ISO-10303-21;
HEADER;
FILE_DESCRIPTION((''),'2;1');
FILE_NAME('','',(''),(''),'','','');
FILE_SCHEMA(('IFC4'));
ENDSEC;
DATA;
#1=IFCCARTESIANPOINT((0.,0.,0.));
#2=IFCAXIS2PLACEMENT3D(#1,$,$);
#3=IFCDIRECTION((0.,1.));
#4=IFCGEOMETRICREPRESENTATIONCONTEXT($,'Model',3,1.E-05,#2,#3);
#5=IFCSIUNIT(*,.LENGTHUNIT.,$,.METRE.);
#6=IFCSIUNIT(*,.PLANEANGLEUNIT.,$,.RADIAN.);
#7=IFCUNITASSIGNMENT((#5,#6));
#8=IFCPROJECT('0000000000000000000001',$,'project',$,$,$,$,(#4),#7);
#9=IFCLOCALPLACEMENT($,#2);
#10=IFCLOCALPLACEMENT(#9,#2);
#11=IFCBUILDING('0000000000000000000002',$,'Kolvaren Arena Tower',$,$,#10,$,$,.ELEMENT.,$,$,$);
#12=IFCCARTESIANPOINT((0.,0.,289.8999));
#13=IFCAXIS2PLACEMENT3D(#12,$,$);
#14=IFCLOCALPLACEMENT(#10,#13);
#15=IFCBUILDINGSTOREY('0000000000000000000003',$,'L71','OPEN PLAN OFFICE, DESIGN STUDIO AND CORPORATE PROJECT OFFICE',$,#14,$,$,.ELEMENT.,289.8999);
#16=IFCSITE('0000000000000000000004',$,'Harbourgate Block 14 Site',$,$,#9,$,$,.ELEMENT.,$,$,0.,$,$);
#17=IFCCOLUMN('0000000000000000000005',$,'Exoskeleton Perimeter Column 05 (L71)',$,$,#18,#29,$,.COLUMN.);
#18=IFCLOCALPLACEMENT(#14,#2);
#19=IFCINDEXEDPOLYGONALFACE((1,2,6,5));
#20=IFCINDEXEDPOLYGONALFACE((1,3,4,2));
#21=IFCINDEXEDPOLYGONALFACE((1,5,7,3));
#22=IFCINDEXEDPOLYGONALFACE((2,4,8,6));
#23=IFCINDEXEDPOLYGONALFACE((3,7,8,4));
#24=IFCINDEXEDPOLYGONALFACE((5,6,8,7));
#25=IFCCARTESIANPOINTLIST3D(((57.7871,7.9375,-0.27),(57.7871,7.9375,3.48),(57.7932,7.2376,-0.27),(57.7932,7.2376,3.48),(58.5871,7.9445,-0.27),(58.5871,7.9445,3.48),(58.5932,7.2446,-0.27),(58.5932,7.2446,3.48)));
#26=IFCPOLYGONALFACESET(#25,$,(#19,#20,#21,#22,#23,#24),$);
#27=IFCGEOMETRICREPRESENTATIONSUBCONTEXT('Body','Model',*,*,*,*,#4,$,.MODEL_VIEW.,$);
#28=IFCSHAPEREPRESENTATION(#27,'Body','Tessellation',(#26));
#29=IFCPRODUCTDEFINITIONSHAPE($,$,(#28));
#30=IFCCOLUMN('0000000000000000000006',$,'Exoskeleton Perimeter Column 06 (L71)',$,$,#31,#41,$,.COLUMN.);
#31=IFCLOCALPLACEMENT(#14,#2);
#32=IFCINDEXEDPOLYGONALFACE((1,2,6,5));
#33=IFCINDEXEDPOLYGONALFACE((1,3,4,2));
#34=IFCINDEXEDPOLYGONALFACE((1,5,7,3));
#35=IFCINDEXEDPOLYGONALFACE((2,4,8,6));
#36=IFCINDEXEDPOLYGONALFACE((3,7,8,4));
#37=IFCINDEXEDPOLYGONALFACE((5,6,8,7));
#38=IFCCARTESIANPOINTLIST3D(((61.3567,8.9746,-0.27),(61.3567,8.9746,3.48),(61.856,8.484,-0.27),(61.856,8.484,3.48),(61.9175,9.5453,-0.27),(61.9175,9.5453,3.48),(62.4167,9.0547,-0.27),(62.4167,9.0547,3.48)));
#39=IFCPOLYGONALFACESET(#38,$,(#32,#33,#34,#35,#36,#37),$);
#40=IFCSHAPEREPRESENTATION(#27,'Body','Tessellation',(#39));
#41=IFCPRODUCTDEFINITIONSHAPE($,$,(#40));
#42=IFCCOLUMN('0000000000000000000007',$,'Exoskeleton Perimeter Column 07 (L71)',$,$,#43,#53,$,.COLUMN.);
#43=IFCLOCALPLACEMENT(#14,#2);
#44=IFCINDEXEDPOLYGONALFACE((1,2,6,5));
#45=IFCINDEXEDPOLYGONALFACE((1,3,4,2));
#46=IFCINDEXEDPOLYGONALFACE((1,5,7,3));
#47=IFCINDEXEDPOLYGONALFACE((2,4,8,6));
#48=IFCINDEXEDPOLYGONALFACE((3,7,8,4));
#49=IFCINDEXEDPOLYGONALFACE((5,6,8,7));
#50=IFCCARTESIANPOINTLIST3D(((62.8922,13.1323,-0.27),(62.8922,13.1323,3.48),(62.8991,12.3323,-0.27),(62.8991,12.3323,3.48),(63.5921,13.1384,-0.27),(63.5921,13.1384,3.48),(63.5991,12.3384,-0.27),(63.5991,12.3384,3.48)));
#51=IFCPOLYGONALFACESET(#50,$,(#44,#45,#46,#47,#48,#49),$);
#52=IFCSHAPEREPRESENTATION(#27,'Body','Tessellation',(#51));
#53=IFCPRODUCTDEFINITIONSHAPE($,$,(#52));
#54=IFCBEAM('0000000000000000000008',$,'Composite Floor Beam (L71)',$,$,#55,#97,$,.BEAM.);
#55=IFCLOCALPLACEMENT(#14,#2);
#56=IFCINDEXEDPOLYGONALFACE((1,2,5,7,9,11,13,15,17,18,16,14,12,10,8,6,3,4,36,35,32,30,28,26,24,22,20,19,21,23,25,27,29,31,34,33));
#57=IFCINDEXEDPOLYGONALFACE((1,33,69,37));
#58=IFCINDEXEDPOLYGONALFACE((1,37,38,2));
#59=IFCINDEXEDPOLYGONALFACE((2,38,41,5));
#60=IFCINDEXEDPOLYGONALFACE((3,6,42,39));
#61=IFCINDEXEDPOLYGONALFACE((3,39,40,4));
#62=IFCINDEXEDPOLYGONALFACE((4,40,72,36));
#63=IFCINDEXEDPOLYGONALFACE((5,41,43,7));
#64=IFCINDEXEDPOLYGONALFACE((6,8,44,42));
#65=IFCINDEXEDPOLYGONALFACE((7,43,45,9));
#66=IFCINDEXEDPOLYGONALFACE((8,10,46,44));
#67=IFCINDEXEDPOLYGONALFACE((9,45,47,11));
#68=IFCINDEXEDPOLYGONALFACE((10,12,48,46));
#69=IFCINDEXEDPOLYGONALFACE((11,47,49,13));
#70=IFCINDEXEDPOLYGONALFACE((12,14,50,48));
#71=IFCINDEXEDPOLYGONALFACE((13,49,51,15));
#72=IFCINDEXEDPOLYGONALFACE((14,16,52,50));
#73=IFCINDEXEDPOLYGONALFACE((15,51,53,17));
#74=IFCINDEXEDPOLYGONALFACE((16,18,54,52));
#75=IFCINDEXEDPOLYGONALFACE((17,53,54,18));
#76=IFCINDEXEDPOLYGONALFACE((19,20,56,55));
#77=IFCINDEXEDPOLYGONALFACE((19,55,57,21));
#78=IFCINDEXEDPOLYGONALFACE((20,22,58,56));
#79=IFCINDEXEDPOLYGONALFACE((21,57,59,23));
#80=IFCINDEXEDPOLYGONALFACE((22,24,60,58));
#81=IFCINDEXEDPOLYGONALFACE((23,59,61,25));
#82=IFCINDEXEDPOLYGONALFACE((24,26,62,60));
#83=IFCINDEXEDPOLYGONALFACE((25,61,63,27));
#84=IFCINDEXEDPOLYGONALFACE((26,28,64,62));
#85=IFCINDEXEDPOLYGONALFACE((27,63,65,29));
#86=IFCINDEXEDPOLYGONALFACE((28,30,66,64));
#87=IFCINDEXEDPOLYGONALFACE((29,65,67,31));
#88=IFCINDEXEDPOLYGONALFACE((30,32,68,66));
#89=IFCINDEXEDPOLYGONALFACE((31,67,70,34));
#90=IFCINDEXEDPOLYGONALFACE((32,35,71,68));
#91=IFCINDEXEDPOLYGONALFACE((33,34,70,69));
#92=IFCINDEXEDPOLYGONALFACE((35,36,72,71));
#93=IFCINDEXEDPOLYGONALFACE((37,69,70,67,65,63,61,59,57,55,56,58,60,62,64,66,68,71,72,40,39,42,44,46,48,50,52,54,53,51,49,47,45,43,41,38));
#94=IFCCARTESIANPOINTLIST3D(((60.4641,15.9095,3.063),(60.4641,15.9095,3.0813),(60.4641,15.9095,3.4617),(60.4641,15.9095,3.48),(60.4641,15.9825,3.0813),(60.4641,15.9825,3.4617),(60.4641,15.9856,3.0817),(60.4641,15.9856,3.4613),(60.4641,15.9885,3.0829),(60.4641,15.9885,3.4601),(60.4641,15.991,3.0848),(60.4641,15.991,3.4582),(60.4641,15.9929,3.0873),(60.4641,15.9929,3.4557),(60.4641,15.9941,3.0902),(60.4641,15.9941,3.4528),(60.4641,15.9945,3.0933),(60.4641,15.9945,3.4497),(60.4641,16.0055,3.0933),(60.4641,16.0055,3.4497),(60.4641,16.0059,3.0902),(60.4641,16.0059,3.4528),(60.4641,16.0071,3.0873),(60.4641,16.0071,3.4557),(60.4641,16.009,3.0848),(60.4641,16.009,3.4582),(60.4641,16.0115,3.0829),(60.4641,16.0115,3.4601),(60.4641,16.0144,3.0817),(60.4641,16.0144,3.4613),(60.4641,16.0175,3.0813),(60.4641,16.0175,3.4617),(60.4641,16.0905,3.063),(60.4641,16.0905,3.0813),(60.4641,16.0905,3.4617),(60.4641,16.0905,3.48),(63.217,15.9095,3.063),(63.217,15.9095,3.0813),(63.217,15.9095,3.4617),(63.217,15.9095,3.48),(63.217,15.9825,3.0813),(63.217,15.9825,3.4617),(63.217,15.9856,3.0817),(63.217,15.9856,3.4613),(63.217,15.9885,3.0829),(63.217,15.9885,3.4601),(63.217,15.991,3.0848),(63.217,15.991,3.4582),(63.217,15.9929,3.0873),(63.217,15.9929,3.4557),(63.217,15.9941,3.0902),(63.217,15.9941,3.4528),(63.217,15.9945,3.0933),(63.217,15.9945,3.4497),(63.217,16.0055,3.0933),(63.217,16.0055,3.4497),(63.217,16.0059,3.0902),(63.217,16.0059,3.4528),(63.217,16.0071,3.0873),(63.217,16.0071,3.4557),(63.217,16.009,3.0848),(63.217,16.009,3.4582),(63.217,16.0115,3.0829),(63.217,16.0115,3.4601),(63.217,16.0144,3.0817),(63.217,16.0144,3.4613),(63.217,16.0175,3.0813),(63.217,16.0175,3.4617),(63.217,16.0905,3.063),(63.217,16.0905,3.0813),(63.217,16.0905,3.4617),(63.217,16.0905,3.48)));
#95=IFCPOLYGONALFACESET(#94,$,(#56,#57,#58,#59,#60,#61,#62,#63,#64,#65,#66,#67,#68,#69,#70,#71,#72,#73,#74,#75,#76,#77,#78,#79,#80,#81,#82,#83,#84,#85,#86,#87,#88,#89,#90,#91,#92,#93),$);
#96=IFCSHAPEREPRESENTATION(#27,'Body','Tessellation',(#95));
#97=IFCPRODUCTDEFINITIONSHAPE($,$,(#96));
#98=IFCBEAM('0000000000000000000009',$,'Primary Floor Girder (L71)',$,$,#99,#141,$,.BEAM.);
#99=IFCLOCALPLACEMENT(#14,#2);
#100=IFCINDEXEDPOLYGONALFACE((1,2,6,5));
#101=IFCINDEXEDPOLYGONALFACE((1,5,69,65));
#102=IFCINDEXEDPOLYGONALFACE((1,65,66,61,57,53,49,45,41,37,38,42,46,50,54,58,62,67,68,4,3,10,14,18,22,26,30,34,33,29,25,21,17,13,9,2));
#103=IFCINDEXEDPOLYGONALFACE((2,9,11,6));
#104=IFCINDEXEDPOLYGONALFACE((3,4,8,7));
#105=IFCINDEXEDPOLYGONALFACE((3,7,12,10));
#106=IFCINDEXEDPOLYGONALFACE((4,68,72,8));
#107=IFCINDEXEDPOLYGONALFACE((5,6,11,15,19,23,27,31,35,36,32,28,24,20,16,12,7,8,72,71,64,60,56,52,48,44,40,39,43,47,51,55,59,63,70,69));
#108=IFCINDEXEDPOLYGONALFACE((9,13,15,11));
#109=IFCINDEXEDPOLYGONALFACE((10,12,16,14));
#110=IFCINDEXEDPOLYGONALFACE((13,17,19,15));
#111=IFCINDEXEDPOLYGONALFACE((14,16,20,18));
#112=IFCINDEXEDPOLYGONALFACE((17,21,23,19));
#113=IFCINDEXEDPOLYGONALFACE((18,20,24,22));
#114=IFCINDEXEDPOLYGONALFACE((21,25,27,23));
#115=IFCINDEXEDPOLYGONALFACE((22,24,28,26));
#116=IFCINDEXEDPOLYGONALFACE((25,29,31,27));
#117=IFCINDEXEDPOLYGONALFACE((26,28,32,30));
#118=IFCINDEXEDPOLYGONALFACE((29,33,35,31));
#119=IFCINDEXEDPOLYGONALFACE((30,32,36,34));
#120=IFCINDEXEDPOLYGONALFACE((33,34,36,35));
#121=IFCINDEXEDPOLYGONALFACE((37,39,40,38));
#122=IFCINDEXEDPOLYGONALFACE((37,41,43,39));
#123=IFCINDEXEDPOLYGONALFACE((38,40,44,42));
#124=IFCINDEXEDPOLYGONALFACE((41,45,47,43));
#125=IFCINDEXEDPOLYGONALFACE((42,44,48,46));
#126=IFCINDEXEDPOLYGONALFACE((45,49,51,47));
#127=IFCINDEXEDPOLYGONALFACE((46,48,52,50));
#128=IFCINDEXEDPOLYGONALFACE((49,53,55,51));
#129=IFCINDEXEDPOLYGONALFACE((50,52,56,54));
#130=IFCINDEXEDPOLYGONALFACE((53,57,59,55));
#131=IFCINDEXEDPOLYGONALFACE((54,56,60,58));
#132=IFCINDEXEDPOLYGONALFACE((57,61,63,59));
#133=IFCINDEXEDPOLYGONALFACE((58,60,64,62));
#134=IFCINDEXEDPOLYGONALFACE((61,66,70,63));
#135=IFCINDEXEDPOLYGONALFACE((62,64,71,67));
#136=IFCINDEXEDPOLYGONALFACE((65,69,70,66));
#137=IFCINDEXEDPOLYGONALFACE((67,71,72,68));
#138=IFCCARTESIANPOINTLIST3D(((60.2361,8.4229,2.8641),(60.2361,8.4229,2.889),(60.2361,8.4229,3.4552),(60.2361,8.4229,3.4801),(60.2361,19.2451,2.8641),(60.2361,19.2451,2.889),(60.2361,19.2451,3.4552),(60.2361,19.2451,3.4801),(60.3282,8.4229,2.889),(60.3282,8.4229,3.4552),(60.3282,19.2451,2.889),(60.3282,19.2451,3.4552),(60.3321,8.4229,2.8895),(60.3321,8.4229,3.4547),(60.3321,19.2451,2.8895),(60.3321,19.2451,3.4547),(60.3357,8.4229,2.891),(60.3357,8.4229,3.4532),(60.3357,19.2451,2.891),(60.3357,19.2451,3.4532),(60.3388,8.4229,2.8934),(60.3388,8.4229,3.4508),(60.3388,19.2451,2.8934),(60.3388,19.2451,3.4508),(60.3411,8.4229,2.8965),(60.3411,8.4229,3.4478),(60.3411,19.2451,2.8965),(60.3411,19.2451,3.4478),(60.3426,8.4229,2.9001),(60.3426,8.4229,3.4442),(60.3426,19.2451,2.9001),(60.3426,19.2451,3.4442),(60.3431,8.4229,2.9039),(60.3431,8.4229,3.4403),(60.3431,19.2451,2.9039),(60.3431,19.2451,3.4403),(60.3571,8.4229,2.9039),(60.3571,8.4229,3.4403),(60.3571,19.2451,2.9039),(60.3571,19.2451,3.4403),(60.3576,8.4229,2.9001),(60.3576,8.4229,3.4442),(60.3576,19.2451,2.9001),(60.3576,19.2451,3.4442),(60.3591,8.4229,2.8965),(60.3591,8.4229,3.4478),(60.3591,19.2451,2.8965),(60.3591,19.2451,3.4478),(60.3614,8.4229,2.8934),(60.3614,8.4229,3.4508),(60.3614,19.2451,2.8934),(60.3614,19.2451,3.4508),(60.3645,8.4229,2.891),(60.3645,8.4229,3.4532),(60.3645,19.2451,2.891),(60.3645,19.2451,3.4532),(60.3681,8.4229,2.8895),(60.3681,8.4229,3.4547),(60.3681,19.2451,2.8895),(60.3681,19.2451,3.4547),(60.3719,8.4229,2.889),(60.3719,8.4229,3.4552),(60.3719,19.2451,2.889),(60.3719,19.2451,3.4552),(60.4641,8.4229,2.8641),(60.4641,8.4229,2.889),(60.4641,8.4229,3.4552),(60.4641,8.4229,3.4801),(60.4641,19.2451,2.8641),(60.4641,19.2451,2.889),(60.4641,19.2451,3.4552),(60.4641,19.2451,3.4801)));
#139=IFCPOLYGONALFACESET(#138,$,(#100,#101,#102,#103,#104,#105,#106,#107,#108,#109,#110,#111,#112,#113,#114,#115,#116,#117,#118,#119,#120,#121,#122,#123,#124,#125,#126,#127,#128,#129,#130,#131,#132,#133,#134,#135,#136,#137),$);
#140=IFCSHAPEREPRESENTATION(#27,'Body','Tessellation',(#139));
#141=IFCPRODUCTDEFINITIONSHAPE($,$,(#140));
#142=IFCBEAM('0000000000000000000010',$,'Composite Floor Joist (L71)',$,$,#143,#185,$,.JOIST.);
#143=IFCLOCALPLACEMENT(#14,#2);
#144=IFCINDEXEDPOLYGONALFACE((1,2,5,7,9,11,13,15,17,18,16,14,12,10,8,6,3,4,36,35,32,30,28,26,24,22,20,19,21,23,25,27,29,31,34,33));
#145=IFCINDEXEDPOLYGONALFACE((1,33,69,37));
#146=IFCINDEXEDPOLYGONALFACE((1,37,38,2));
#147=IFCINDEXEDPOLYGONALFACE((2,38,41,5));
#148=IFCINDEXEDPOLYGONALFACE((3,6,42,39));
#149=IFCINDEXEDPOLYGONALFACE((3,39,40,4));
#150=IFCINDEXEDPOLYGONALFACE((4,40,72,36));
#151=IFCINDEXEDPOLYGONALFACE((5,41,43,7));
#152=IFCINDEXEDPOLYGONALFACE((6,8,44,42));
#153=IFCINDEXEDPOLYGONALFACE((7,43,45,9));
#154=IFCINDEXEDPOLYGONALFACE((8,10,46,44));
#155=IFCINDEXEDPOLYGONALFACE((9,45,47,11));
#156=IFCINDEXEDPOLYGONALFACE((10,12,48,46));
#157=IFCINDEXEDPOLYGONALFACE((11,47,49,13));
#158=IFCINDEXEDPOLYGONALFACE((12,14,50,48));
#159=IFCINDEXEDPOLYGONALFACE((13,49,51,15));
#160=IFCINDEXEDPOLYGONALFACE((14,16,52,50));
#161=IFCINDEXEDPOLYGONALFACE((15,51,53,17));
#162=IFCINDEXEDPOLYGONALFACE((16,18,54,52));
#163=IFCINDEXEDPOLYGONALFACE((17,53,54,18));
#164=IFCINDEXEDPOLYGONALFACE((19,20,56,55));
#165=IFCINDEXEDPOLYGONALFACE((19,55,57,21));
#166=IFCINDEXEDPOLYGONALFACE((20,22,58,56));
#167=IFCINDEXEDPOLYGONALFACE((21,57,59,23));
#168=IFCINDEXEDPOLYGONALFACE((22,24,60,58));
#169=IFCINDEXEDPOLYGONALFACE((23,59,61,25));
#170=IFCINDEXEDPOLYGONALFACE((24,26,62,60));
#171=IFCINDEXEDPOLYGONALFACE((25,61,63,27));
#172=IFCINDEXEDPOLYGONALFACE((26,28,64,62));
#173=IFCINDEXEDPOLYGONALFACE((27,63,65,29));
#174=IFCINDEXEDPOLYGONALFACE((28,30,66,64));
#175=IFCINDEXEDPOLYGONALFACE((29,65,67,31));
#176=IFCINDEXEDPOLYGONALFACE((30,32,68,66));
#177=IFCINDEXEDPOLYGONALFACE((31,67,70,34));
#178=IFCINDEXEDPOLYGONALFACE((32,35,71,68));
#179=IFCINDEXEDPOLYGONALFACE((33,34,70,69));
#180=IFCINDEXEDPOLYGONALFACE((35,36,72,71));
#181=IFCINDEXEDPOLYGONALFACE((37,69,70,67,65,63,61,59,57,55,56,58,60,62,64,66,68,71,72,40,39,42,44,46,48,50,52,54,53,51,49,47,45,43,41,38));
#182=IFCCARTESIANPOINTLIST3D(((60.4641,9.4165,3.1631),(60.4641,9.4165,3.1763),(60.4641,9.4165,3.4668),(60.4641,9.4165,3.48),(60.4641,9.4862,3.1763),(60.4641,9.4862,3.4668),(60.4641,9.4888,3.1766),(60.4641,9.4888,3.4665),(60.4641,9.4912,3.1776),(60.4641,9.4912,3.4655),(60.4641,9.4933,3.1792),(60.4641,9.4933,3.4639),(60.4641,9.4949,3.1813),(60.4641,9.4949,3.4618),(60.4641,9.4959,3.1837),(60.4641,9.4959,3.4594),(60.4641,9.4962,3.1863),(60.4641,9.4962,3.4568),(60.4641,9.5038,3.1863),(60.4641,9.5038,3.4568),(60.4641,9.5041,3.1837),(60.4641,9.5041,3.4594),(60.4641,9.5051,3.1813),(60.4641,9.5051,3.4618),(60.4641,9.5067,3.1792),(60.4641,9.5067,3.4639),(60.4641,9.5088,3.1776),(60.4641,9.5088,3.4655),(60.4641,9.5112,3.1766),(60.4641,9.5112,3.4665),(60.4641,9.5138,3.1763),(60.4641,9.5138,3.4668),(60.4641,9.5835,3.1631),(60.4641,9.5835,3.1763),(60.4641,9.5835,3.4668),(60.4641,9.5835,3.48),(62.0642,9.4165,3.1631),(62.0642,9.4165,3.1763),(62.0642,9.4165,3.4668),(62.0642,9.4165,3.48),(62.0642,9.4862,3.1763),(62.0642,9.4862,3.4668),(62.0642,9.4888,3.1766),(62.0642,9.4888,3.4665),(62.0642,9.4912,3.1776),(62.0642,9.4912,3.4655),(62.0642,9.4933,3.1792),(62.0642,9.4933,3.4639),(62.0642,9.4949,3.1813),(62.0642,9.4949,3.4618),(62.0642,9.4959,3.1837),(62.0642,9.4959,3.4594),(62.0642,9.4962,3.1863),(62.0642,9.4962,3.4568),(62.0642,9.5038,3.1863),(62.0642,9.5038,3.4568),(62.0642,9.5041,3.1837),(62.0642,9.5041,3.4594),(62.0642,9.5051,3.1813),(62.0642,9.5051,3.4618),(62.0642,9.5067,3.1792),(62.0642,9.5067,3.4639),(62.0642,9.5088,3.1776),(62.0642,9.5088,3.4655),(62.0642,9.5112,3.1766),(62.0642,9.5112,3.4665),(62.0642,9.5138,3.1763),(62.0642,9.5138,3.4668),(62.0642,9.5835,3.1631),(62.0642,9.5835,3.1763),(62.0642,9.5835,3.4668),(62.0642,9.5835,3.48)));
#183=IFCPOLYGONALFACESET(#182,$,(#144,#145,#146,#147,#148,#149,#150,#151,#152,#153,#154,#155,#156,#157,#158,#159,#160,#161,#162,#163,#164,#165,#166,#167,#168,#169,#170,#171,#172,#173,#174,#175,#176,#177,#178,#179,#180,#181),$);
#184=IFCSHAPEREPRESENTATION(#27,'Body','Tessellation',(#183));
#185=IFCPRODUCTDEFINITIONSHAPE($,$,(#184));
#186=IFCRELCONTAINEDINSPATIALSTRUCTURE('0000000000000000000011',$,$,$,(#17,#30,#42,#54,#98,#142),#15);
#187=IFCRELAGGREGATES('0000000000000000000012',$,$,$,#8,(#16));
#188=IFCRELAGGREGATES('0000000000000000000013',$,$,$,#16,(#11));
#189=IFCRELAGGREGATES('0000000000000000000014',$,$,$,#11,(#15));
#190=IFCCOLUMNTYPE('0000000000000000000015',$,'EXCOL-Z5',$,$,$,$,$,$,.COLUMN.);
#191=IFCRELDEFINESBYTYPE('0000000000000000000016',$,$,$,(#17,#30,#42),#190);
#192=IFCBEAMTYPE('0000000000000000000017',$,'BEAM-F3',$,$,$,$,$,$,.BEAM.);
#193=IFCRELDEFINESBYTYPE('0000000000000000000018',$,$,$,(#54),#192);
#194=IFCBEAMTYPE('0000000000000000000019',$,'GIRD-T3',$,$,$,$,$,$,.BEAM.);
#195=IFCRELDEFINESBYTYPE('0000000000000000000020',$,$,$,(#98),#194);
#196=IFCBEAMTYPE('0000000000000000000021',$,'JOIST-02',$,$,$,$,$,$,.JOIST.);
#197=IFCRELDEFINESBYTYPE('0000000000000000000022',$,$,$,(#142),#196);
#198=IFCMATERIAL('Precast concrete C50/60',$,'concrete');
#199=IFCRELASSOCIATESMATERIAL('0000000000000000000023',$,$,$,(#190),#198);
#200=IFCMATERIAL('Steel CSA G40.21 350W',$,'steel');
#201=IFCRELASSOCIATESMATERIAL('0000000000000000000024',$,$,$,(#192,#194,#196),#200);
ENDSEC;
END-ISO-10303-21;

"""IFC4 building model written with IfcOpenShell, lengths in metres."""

from ifc_helpers import new_model, si_unit, direction, frame, origin, origin_2d, place, context, subcontext, project, spatial, rectangle, i_section, extrude, material, material_profile, profile_set, type_object, element, save


model = new_model("IFC4")

# Units and contexts
model_context = context("Model", 3, precision=1e-05, world=origin(), true_north=direction((0.0, 1.0)))
body_context = subcontext(model_context, "Body", "Model", "MODEL_VIEW")
ifc_project = project(units=[si_unit("LENGTHUNIT", "METRE"), si_unit("PLANEANGLEUNIT", "RADIAN")], contexts=[model_context])

# Site, building, storey
site_placement = place(None, origin())
site = spatial("IfcSite", under=ifc_project, at=site_placement, Name="Harbourgate Block 14 Site", CompositionType="ELEMENT", RefElevation=0.0)
building_placement = place(site_placement, origin())
building = spatial("IfcBuilding", under=site, at=building_placement, Name="Kolvaren Arena Tower", CompositionType="ELEMENT")
storey_placement = place(building_placement, frame((0.0, 0.0, 289.8999)))
storey = spatial("IfcBuildingStorey", under=building, at=storey_placement, Name="L71", Description="OPEN PLAN OFFICE, DESIGN STUDIO AND CORPORATE PROJECT OFFICE", CompositionType="ELEMENT", Elevation=289.8999)

# Columns
ifc_material_1 = material(Name="Precast concrete C50/60", Category="concrete")
ifc_material_profile_1 = material_profile(ifc_material_1, rectangle(XDim=0.8, YDim=0.7, at=origin_2d()), Name="RC-800x700")
ifc_profile_set_1 = profile_set([ifc_material_profile_1], Name="Precast concrete C50/60")
column_type = type_object("IfcColumnType", Name="EXCOL-Z5", PredefinedType="COLUMN", material=ifc_profile_set_1)
for number, where, z_axis, x_axis, name in (
    (1, (58.1902, 7.5911, -0.27), (0.0, 0.0, 1.0), (0.999962, 0.008727, 0.0), "Exoskeleton Perimeter Column 05 (L71)"),
    (2, (61.8867, 9.0146, -0.27), (0.0, 0.0, 1.0), (0.700909, 0.71325, 0.0), "Exoskeleton Perimeter Column 06 (L71)"),
    (3, (63.2456, 12.7354, -0.27), (0.0, 0.0, 1.0), (-0.008727, 0.999962, 0.0), "Exoskeleton Perimeter Column 07 (L71)"),
):
    element("IfcColumn", number, at=place(storey_placement, frame(where, z_axis=z_axis, x_axis=x_axis)), inside=storey, type_object=column_type, Name=name, PredefinedType="COLUMN", context=body_context, shape_type="SweptSolid", body=[
        extrude(rectangle(XDim=0.8, YDim=0.7, at=origin_2d()), origin(), (0.0, 0.0, 1.0), 3.75),
    ])

# Beams
ifc_material_2 = material(Name="Steel CSA G40.21 350W", Category="steel")
ifc_material_profile_2 = material_profile(ifc_material_2, i_section(OverallWidth=0.1809, OverallDepth=0.417, WebThickness=0.011, FlangeThickness=0.0183, FilletRadius=0.012, at=origin_2d()), Name="W410x85")
ifc_profile_set_2 = profile_set([ifc_material_profile_2], Name="Steel CSA G40.21 350W")
beam_type_1 = type_object("IfcBeamType", Name="BEAM-F3", PredefinedType="BEAM", material=ifc_profile_set_2)
beam_1_placement = place(storey_placement, frame((60.4641, 16.0, 3.2715), z_axis=(1.0, 0.0, 0.0), x_axis=(0.0, 1.0, 0.0)))
element("IfcBeam", 4, at=beam_1_placement, inside=storey, type_object=beam_type_1, Name="Composite Floor Beam (L71)", PredefinedType="BEAM", context=body_context, shape_type="SweptSolid", body=[
    extrude(i_section(OverallWidth=0.1809, OverallDepth=0.417, WebThickness=0.011, FlangeThickness=0.0183, FilletRadius=0.012, at=origin_2d()), origin(), (0.0, 0.0, 1.0), 2.7529),
])
ifc_material_profile_3 = material_profile(ifc_material_2, i_section(OverallWidth=0.228, OverallDepth=0.616, WebThickness=0.0139, FlangeThickness=0.0249, FilletRadius=0.0149, at=origin_2d()), Name="W610x174")
ifc_profile_set_3 = profile_set([ifc_material_profile_3], Name="Steel CSA G40.21 350W")
beam_type_2 = type_object("IfcBeamType", Name="GIRD-T3", PredefinedType="BEAM", material=ifc_profile_set_3)
beam_2_placement = place(storey_placement, frame((60.3501, 8.4229, 3.1721), z_axis=(0.0, 1.0, 0.0), x_axis=(-1.0, 0.0, 0.0)))
element("IfcBeam", 5, at=beam_2_placement, inside=storey, type_object=beam_type_2, Name="Primary Floor Girder (L71)", PredefinedType="BEAM", context=body_context, shape_type="SweptSolid", body=[
    extrude(i_section(OverallWidth=0.228, OverallDepth=0.616, WebThickness=0.0139, FlangeThickness=0.0249, FilletRadius=0.0149, at=origin_2d()), origin(), (0.0, 0.0, 1.0), 10.8223),
])
ifc_material_profile_4 = material_profile(ifc_material_2, i_section(OverallWidth=0.167, OverallDepth=0.3169, WebThickness=0.0076, FlangeThickness=0.0132, FilletRadius=0.01, at=origin_2d()), Name="W310x52")
ifc_profile_set_4 = profile_set([ifc_material_profile_4], Name="Steel CSA G40.21 350W")
beam_type_3 = type_object("IfcBeamType", Name="JOIST-02", PredefinedType="JOIST", material=ifc_profile_set_4)
beam_3_placement = place(storey_placement, frame((60.4641, 9.5, 3.3215), z_axis=(1.0, 0.0, 0.0), x_axis=(0.0, 1.0, 0.0)))
element("IfcBeam", 6, at=beam_3_placement, inside=storey, type_object=beam_type_3, Name="Composite Floor Joist (L71)", PredefinedType="JOIST", context=body_context, shape_type="SweptSolid", body=[
    extrude(i_section(OverallWidth=0.167, OverallDepth=0.3169, WebThickness=0.0076, FlangeThickness=0.0132, FilletRadius=0.01, at=origin_2d()), origin(), (0.0, 0.0, 1.0), 1.6001),
])

save(model, "model.ifc")
